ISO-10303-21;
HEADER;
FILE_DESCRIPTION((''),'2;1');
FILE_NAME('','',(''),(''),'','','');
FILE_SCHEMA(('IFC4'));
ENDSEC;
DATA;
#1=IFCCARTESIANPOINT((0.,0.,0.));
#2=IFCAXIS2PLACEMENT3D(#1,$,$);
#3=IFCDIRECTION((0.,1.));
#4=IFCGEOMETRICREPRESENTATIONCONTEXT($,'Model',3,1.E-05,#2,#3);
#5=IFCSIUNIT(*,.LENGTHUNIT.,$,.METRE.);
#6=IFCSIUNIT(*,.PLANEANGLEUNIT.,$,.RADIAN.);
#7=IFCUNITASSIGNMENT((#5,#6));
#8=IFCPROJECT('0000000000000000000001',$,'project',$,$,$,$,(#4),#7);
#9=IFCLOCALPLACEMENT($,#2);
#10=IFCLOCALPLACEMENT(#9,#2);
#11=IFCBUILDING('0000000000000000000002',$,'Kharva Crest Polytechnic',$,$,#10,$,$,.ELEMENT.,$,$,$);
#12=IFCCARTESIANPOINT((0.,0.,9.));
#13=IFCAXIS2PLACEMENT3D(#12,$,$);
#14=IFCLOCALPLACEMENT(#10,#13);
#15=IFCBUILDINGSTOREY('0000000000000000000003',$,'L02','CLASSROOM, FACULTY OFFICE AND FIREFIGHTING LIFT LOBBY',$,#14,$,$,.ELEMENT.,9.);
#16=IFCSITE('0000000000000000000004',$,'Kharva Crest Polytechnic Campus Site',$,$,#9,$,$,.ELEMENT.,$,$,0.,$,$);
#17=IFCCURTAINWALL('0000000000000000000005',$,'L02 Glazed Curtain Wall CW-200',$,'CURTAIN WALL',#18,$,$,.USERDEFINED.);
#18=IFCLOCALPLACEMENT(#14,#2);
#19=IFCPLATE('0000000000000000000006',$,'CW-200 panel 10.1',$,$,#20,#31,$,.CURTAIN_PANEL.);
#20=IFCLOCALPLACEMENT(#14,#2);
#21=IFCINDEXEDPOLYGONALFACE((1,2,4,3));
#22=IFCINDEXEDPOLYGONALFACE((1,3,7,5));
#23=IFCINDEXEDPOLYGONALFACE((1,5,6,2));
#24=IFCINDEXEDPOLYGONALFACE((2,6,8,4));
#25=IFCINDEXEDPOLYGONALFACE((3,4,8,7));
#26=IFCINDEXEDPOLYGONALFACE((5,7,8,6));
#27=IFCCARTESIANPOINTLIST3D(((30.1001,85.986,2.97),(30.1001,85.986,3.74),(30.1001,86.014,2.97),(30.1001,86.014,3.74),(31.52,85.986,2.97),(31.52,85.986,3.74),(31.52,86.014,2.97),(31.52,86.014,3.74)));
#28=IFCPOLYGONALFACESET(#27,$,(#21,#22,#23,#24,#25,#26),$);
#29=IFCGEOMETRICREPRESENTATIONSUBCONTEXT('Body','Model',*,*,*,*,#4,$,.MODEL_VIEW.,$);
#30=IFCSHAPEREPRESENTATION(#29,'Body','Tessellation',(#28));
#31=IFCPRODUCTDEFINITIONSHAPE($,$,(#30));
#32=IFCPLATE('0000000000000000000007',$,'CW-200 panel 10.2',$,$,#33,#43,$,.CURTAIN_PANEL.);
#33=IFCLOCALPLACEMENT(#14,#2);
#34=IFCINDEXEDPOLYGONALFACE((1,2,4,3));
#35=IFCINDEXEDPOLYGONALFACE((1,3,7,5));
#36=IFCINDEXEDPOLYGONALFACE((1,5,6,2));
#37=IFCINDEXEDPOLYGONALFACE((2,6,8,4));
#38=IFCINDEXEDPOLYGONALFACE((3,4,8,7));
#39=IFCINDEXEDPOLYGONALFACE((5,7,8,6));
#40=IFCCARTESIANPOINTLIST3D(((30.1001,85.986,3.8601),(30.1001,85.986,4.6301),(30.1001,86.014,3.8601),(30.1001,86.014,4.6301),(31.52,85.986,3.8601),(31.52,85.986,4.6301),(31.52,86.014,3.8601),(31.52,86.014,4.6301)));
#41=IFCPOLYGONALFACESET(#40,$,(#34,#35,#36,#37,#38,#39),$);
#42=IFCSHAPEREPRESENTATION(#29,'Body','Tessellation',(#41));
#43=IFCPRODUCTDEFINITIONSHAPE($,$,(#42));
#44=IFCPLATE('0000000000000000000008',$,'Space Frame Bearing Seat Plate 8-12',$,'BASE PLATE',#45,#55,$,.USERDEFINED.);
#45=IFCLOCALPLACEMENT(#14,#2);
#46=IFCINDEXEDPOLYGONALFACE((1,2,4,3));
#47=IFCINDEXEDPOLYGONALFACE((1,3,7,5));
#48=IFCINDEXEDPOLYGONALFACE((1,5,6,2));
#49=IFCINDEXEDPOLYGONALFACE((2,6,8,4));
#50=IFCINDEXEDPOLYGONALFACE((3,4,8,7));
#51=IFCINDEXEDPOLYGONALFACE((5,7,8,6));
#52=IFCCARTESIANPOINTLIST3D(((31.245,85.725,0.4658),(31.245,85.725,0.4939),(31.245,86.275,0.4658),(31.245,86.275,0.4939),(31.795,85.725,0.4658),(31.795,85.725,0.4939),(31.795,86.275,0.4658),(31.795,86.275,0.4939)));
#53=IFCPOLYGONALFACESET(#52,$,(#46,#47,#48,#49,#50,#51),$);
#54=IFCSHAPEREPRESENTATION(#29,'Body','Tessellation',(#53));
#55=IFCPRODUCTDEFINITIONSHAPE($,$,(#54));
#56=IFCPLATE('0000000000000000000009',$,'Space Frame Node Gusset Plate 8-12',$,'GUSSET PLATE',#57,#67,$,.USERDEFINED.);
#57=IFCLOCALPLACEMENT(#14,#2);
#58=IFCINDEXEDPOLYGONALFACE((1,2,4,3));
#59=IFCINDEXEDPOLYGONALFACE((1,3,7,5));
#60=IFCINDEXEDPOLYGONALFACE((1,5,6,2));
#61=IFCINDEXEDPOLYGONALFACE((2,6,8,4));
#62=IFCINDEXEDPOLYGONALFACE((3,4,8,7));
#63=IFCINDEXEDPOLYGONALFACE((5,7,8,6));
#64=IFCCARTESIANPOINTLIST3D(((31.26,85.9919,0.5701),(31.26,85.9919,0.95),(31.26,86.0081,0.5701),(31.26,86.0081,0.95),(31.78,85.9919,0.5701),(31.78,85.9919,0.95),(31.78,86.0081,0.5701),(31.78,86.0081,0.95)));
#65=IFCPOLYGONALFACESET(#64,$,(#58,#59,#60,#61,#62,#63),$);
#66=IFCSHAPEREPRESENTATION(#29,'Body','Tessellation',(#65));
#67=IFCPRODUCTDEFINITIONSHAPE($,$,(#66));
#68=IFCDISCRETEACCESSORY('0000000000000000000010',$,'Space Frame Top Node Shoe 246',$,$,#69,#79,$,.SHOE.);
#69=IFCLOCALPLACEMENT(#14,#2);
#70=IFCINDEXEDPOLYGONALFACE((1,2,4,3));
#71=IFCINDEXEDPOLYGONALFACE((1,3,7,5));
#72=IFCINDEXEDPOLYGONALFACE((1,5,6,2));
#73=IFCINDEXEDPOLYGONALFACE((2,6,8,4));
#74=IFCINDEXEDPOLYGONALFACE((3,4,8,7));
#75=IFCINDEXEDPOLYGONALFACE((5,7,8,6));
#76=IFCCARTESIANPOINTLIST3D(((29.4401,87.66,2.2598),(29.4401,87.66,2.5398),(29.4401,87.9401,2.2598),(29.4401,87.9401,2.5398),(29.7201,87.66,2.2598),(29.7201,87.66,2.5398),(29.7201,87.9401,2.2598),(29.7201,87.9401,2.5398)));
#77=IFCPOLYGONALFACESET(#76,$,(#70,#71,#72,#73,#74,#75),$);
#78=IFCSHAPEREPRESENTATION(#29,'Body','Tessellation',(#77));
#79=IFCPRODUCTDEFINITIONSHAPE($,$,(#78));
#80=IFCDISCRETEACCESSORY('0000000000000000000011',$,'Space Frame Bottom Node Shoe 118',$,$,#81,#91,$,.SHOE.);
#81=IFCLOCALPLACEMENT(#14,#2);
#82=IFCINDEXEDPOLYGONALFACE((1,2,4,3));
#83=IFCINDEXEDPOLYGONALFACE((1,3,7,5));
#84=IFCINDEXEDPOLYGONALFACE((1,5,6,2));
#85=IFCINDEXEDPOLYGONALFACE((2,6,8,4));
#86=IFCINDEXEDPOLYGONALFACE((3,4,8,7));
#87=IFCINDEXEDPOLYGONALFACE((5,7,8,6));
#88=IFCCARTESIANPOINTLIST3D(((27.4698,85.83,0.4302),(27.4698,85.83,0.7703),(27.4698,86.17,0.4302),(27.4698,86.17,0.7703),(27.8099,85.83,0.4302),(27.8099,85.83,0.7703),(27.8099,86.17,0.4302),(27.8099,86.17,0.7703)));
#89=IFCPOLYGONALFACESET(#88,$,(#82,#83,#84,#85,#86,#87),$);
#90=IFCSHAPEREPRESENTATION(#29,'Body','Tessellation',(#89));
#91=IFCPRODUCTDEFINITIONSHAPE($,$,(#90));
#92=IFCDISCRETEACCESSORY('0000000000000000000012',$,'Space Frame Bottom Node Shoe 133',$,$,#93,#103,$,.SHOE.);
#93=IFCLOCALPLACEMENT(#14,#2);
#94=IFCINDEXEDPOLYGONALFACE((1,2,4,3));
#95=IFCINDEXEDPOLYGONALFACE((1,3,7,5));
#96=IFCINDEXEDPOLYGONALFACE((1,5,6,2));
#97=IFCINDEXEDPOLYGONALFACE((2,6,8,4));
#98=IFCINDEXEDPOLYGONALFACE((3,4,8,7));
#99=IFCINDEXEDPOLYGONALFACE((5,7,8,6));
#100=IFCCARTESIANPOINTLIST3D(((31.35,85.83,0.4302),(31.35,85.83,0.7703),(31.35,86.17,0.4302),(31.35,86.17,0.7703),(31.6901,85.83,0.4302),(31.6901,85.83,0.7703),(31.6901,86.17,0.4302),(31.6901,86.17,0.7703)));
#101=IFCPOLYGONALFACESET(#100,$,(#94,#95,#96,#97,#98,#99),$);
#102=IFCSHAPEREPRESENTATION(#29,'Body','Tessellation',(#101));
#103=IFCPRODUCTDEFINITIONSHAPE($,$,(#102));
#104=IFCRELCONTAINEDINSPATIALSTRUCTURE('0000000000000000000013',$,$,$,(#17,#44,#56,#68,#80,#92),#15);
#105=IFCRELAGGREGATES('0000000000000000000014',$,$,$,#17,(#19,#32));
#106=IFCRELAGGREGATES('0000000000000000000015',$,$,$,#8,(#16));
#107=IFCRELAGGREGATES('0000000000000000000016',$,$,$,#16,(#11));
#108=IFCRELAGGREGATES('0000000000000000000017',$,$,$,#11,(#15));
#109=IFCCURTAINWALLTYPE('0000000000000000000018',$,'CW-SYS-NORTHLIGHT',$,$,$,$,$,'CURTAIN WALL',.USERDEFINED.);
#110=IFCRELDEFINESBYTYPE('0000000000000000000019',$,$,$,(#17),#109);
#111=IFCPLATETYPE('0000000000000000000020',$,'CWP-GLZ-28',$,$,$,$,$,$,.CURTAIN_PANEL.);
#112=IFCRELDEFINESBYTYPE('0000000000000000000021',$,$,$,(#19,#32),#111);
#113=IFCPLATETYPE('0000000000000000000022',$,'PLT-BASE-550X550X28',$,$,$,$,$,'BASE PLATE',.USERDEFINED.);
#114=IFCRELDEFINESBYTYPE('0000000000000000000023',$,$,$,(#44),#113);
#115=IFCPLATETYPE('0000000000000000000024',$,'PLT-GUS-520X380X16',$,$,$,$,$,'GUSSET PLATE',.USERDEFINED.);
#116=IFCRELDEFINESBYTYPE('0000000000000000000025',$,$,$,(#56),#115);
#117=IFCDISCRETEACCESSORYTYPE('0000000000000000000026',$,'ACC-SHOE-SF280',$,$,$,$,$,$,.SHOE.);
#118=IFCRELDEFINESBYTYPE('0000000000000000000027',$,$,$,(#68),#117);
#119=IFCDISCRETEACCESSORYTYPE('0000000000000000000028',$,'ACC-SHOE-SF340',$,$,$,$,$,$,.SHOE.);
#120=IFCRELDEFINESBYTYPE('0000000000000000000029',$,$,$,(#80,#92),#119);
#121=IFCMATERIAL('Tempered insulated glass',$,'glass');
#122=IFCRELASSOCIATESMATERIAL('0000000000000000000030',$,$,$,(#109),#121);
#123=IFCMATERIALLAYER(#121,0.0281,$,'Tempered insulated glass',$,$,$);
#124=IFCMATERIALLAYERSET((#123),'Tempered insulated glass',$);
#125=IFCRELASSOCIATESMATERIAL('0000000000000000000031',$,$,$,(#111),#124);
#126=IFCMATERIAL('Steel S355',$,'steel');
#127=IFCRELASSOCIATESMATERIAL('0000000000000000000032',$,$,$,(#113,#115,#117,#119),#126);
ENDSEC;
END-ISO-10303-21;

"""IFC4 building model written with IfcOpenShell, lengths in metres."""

from ifc_helpers import new_model, si_unit, direction, frame, origin, origin_2d, place, context, subcontext, project, spatial, rectangle, extrude, material, layer, layer_set, type_object, element, aggregate, save


model = new_model("IFC4")

# Units and contexts
model_context = context("Model", 3, precision=1e-05, world=origin(), true_north=direction((0.0, 1.0)))
body_context = subcontext(model_context, "Body", "Model", "MODEL_VIEW")
ifc_project = project(units=[si_unit("LENGTHUNIT", "METRE"), si_unit("PLANEANGLEUNIT", "RADIAN")], contexts=[model_context])

# Site, building, storey
site_placement = place(None, origin())
site = spatial("IfcSite", under=ifc_project, at=site_placement, Name="Kharva Crest Polytechnic Campus Site", CompositionType="ELEMENT", RefElevation=0.0)
building_placement = place(site_placement, origin())
building = spatial("IfcBuilding", under=site, at=building_placement, Name="Kharva Crest Polytechnic", CompositionType="ELEMENT")
storey_placement = place(building_placement, frame((0.0, 0.0, 9.0)))
storey = spatial("IfcBuildingStorey", under=building, at=storey_placement, Name="L02", Description="CLASSROOM, FACULTY OFFICE AND FIREFIGHTING LIFT LOBBY", CompositionType="ELEMENT", Elevation=9.0)

# Curtain wall
ifc_material_1 = material(Name="Tempered insulated glass", Category="glass")
curtain_wall_type = type_object("IfcCurtainWallType", Name="CW-SYS-NORTHLIGHT", ElementType="CURTAIN WALL", PredefinedType="USERDEFINED", material=ifc_material_1)
curtain_wall_placement = place(storey_placement, origin())
curtain_wall = element("IfcCurtainWall", 1, at=curtain_wall_placement, inside=storey, type_object=curtain_wall_type, Name="L02 Glazed Curtain Wall CW-200", ObjectType="CURTAIN WALL", PredefinedType="USERDEFINED")
ifc_material_2 = material(Name="Steel S355", Category="steel")

# Plates
ifc_layer = layer(ifc_material_1, 0.0281, Name="Tempered insulated glass")
ifc_layer_set = layer_set([ifc_layer], Name="Tempered insulated glass")
plate_type_1 = type_object("IfcPlateType", Name="CWP-GLZ-28", PredefinedType="CURTAIN_PANEL", material=ifc_layer_set)
plate_1_placement = place(storey_placement, frame((30.8101, 86.0, 2.97), z_axis=(0.0, 0.0, 1.0), x_axis=(1.0, 0.0, 0.0)))
plate_1 = element("IfcPlate", 2, at=plate_1_placement, type_object=plate_type_1, Name="CW-200 panel 10.1", PredefinedType="CURTAIN_PANEL", context=body_context, shape_type="SweptSolid", body=[
    extrude(rectangle(XDim=1.4199, YDim=0.0281, at=origin_2d()), origin(), (0.0, 0.0, 1.0), 0.77),
])
plate_2_placement = place(storey_placement, frame((30.8101, 86.0, 3.8601), z_axis=(0.0, 0.0, 1.0), x_axis=(1.0, 0.0, 0.0)))
plate_2 = element("IfcPlate", 3, at=plate_2_placement, type_object=plate_type_1, Name="CW-200 panel 10.2", PredefinedType="CURTAIN_PANEL", context=body_context, shape_type="SweptSolid", body=[
    extrude(rectangle(XDim=1.4199, YDim=0.0281, at=origin_2d()), origin(), (0.0, 0.0, 1.0), 0.77),
])
aggregate(curtain_wall, [plate_1, plate_2])

# Plates
plate_type_2 = type_object("IfcPlateType", Name="PLT-BASE-550X550X28", ElementType="BASE PLATE", PredefinedType="USERDEFINED", material=ifc_material_2)
plate_3_placement = place(storey_placement, frame((31.52, 86.0, 0.4658), z_axis=(0.0, 0.0, 1.0), x_axis=(1.0, 0.0, 0.0)))
element("IfcPlate", 4, at=plate_3_placement, inside=storey, type_object=plate_type_2, Name="Space Frame Bearing Seat Plate 8-12", ObjectType="BASE PLATE", PredefinedType="USERDEFINED", context=body_context, shape_type="SweptSolid", body=[
    extrude(rectangle(XDim=0.55, YDim=0.55, at=origin_2d()), origin(), (0.0, 0.0, 1.0), 0.0281),
])
plate_type_3 = type_object("IfcPlateType", Name="PLT-GUS-520X380X16", ElementType="GUSSET PLATE", PredefinedType="USERDEFINED", material=ifc_material_2)
plate_4_placement = place(storey_placement, frame((31.52, 86.0, 0.5701), z_axis=(0.0, 0.0, 1.0), x_axis=(1.0, 0.0, 0.0)))
element("IfcPlate", 5, at=plate_4_placement, inside=storey, type_object=plate_type_3, Name="Space Frame Node Gusset Plate 8-12", ObjectType="GUSSET PLATE", PredefinedType="USERDEFINED", context=body_context, shape_type="SweptSolid", body=[
    extrude(rectangle(XDim=0.52, YDim=0.0161, at=origin_2d()), origin(), (0.0, 0.0, 1.0), 0.3799),
])

# Discrete accessories
discrete_accessory_type_1 = type_object("IfcDiscreteAccessoryType", Name="ACC-SHOE-SF280", PredefinedType="SHOE", material=ifc_material_2)
discrete_accessory_placement = place(storey_placement, frame((29.5801, 87.8, 2.2598), z_axis=(0.0, 0.0, 1.0), x_axis=(1.0, 0.0, 0.0)))
element("IfcDiscreteAccessory", 6, at=discrete_accessory_placement, inside=storey, type_object=discrete_accessory_type_1, Name="Space Frame Top Node Shoe 246", PredefinedType="SHOE", context=body_context, shape_type="SweptSolid", body=[
    extrude(rectangle(XDim=0.28, YDim=0.28, at=origin_2d()), origin(), (0.0, 0.0, 1.0), 0.28),
])
discrete_accessory_type_2 = type_object("IfcDiscreteAccessoryType", Name="ACC-SHOE-SF340", PredefinedType="SHOE", material=ifc_material_2)
for number, where, z_axis, x_axis, name in (
    (7, (27.6399, 86.0, 0.4302), (0.0, 0.0, 1.0), (1.0, 0.0, 0.0), "Space Frame Bottom Node Shoe 118"),
    (8, (31.52, 86.0, 0.4302), (0.0, 0.0, 1.0), (1.0, 0.0, 0.0), "Space Frame Bottom Node Shoe 133"),
):
    element("IfcDiscreteAccessory", number, at=place(storey_placement, frame(where, z_axis=z_axis, x_axis=x_axis)), inside=storey, type_object=discrete_accessory_type_2, Name=name, PredefinedType="SHOE", context=body_context, shape_type="SweptSolid", body=[
        extrude(rectangle(XDim=0.3401, YDim=0.3401, at=origin_2d()), origin(), (0.0, 0.0, 1.0), 0.3401),
    ])

save(model, "model.ifc")
